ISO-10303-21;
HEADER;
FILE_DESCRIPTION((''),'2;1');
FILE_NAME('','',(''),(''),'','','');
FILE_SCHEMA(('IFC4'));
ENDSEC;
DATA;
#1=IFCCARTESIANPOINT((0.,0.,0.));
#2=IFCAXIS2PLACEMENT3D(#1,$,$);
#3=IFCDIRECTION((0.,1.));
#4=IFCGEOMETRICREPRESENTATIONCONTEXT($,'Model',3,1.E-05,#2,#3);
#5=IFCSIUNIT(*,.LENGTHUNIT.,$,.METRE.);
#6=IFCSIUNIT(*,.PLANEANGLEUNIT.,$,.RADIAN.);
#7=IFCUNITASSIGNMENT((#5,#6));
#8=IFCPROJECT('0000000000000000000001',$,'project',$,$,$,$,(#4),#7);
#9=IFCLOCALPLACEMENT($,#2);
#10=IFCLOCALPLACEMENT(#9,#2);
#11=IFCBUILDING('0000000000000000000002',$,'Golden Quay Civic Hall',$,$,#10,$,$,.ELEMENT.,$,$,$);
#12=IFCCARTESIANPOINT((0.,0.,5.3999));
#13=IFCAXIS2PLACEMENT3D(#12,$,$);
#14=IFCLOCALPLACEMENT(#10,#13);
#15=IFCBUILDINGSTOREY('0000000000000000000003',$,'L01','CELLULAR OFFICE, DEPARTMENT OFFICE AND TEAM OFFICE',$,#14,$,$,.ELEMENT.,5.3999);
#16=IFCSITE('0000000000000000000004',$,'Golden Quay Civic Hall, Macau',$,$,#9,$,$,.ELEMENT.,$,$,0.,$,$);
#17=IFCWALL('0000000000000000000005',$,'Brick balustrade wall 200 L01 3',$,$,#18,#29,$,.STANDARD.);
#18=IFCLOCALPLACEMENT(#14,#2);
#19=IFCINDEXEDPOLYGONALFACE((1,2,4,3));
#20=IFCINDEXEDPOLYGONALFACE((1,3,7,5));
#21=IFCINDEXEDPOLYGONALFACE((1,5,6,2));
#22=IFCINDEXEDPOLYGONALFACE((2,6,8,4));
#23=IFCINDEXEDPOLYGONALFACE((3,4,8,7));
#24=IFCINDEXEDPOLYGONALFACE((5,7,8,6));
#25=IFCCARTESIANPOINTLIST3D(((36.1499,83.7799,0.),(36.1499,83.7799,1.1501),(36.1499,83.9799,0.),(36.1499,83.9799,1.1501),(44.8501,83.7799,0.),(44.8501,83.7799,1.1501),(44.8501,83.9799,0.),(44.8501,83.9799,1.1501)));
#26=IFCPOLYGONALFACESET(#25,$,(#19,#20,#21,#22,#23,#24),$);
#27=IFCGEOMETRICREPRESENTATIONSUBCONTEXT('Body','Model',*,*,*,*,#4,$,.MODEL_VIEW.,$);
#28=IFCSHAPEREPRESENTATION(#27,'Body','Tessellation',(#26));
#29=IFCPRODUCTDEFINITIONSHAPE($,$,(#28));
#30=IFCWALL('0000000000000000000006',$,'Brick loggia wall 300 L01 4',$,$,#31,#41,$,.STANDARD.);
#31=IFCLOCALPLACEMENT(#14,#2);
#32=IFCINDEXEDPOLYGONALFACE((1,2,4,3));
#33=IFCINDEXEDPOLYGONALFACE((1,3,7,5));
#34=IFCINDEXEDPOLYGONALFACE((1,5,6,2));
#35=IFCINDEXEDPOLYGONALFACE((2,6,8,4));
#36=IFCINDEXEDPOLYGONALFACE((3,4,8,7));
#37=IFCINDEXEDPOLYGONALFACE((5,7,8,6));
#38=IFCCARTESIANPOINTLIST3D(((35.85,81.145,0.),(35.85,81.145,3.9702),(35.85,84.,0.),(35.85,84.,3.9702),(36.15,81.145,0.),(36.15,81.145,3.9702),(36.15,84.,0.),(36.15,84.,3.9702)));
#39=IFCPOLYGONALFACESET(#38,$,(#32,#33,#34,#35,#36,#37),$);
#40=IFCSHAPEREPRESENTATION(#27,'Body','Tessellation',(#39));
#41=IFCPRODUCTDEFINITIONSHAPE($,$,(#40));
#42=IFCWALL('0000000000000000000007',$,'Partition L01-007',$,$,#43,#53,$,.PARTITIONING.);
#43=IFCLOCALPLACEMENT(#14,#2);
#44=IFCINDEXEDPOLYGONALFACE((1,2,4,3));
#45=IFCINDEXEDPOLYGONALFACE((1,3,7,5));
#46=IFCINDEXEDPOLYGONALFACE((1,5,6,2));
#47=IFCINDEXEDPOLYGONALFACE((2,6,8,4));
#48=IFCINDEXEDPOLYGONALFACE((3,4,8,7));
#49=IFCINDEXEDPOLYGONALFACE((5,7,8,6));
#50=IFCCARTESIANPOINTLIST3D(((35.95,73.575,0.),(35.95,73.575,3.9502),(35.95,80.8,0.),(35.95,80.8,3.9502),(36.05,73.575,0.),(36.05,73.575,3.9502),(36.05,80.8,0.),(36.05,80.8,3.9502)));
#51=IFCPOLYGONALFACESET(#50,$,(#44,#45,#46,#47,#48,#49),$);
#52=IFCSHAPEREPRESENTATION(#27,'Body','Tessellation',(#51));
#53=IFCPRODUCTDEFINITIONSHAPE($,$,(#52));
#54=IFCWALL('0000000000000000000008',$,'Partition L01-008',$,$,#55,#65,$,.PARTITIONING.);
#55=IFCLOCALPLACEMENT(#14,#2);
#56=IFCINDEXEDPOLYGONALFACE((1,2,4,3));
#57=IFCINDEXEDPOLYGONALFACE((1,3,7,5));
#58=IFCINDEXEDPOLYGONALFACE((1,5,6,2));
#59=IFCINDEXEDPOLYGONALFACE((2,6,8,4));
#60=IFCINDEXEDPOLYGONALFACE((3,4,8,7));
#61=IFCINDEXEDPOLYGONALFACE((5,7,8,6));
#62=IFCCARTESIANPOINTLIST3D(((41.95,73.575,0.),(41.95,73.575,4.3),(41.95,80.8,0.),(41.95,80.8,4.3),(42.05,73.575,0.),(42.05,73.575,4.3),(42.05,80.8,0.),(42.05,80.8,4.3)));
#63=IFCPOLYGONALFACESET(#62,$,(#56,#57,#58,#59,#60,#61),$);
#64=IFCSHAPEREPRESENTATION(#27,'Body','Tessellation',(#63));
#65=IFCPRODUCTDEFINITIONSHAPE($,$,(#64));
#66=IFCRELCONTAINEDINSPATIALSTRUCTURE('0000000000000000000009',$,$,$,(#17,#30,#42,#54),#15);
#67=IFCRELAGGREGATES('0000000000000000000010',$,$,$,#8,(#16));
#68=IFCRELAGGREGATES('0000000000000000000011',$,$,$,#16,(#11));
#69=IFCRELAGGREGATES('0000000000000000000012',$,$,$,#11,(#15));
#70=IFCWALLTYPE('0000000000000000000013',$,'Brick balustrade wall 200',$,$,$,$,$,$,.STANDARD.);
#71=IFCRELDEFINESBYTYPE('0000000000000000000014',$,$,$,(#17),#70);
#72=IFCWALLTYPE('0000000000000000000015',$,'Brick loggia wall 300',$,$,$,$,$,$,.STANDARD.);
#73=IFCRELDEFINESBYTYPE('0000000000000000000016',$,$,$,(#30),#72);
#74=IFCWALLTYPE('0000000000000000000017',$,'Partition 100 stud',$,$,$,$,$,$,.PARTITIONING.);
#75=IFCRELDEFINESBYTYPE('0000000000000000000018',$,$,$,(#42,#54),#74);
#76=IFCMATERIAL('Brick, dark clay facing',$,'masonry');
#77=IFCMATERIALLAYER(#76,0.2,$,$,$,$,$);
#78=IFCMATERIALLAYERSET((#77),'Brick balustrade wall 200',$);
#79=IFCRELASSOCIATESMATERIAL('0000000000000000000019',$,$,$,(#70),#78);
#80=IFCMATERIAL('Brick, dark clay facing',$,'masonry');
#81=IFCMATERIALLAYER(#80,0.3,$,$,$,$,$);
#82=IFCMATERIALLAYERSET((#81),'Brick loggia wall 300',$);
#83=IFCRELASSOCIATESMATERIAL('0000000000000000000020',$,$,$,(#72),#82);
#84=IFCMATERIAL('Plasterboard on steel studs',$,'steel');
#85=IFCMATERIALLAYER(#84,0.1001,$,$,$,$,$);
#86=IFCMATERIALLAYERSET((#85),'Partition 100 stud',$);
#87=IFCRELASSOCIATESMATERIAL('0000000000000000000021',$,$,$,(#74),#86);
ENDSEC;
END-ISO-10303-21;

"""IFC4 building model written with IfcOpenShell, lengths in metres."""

from ifc_helpers import new_model, si_unit, direction, frame, frame_2d, origin, place, context, subcontext, project, spatial, rectangle, extrude, material, layer, layer_set, type_object, element, save


model = new_model("IFC4")

# Units and contexts
model_context = context("Model", 3, precision=1e-05, world=origin(), true_north=direction((0.0, 1.0)))
body_context = subcontext(model_context, "Body", "Model", "MODEL_VIEW")
ifc_project = project(units=[si_unit("LENGTHUNIT", "METRE"), si_unit("PLANEANGLEUNIT", "RADIAN")], contexts=[model_context])

# Site, building, storey
site_placement = place(None, origin())
site = spatial("IfcSite", under=ifc_project, at=site_placement, Name="Golden Quay Civic Hall, Macau", CompositionType="ELEMENT", RefElevation=0.0)
building_placement = place(site_placement, origin())
building = spatial("IfcBuilding", under=site, at=building_placement, Name="Golden Quay Civic Hall", CompositionType="ELEMENT")
storey_placement = place(building_placement, frame((0.0, 0.0, 5.3999)))
storey = spatial("IfcBuildingStorey", under=building, at=storey_placement, Name="L01", Description="CELLULAR OFFICE, DEPARTMENT OFFICE AND TEAM OFFICE", CompositionType="ELEMENT", Elevation=5.3999)

# Wall
ifc_material_1 = material(Name="Brick, dark clay facing", Category="masonry")
ifc_layer_1 = layer(ifc_material_1, 0.2)
ifc_layer_set_1 = layer_set([ifc_layer_1], Name="Brick balustrade wall 200")
wall_type_1 = type_object("IfcWallType", Name="Brick balustrade wall 200", PredefinedType="STANDARD", material=ifc_layer_set_1)
wall_1_placement = place(storey_placement, frame((36.1499, 83.8799, 0.0), z_axis=(0.0, 0.0, 1.0), x_axis=(1.0, 0.0, 0.0)))
element("IfcWall", 1, at=wall_1_placement, inside=storey, type_object=wall_type_1, Name="Brick balustrade wall 200 L01 3", PredefinedType="STANDARD", context=body_context, shape_type="SweptSolid", body=[
    extrude(rectangle(XDim=8.7002, YDim=0.2, at=frame_2d((4.3501, 0.0))), origin(), (0.0, 0.0, 1.0), 1.1501),
])

# Walls
ifc_material_2 = material(Name="Brick, dark clay facing", Category="masonry")
ifc_layer_2 = layer(ifc_material_2, 0.3)
ifc_layer_set_2 = layer_set([ifc_layer_2], Name="Brick loggia wall 300")
wall_type_2 = type_object("IfcWallType", Name="Brick loggia wall 300", PredefinedType="STANDARD", material=ifc_layer_set_2)
wall_2_placement = place(storey_placement, frame((36.0, 81.145, 0.0), z_axis=(0.0, 0.0, 1.0), x_axis=(0.0, 1.0, 0.0)))
element("IfcWall", 2, at=wall_2_placement, inside=storey, type_object=wall_type_2, Name="Brick loggia wall 300 L01 4", PredefinedType="STANDARD", context=body_context, shape_type="SweptSolid", body=[
    extrude(rectangle(XDim=2.855, YDim=0.3, at=frame_2d((1.4275, 0.0))), origin(), (0.0, 0.0, 1.0), 3.9702),
])
ifc_material_3 = material(Name="Plasterboard on steel studs", Category="steel")
ifc_layer_3 = layer(ifc_material_3, 0.1001)
ifc_layer_set_3 = layer_set([ifc_layer_3], Name="Partition 100 stud")
wall_type_3 = type_object("IfcWallType", Name="Partition 100 stud", PredefinedType="PARTITIONING", material=ifc_layer_set_3)
wall_3_placement = place(storey_placement, frame((36.0, 73.575, 0.0), z_axis=(0.0, 0.0, 1.0), x_axis=(0.0, 1.0, 0.0)))
element("IfcWall", 3, at=wall_3_placement, inside=storey, type_object=wall_type_3, Name="Partition L01-007", PredefinedType="PARTITIONING", context=body_context, shape_type="SweptSolid", body=[
    extrude(rectangle(XDim=7.2251, YDim=0.1001, at=frame_2d((3.6125, 0.0))), origin(), (0.0, 0.0, 1.0), 3.9502),
])
wall_4_placement = place(storey_placement, frame((42.0, 73.575, 0.0), z_axis=(0.0, 0.0, 1.0), x_axis=(0.0, 1.0, 0.0)))
element("IfcWall", 4, at=wall_4_placement, inside=storey, type_object=wall_type_3, Name="Partition L01-008", PredefinedType="PARTITIONING", context=body_context, shape_type="SweptSolid", body=[
    extrude(rectangle(XDim=7.2251, YDim=0.1001, at=frame_2d((3.6125, 0.0))), origin(), (0.0, 0.0, 1.0), 4.3),
])

save(model, "model.ifc")
